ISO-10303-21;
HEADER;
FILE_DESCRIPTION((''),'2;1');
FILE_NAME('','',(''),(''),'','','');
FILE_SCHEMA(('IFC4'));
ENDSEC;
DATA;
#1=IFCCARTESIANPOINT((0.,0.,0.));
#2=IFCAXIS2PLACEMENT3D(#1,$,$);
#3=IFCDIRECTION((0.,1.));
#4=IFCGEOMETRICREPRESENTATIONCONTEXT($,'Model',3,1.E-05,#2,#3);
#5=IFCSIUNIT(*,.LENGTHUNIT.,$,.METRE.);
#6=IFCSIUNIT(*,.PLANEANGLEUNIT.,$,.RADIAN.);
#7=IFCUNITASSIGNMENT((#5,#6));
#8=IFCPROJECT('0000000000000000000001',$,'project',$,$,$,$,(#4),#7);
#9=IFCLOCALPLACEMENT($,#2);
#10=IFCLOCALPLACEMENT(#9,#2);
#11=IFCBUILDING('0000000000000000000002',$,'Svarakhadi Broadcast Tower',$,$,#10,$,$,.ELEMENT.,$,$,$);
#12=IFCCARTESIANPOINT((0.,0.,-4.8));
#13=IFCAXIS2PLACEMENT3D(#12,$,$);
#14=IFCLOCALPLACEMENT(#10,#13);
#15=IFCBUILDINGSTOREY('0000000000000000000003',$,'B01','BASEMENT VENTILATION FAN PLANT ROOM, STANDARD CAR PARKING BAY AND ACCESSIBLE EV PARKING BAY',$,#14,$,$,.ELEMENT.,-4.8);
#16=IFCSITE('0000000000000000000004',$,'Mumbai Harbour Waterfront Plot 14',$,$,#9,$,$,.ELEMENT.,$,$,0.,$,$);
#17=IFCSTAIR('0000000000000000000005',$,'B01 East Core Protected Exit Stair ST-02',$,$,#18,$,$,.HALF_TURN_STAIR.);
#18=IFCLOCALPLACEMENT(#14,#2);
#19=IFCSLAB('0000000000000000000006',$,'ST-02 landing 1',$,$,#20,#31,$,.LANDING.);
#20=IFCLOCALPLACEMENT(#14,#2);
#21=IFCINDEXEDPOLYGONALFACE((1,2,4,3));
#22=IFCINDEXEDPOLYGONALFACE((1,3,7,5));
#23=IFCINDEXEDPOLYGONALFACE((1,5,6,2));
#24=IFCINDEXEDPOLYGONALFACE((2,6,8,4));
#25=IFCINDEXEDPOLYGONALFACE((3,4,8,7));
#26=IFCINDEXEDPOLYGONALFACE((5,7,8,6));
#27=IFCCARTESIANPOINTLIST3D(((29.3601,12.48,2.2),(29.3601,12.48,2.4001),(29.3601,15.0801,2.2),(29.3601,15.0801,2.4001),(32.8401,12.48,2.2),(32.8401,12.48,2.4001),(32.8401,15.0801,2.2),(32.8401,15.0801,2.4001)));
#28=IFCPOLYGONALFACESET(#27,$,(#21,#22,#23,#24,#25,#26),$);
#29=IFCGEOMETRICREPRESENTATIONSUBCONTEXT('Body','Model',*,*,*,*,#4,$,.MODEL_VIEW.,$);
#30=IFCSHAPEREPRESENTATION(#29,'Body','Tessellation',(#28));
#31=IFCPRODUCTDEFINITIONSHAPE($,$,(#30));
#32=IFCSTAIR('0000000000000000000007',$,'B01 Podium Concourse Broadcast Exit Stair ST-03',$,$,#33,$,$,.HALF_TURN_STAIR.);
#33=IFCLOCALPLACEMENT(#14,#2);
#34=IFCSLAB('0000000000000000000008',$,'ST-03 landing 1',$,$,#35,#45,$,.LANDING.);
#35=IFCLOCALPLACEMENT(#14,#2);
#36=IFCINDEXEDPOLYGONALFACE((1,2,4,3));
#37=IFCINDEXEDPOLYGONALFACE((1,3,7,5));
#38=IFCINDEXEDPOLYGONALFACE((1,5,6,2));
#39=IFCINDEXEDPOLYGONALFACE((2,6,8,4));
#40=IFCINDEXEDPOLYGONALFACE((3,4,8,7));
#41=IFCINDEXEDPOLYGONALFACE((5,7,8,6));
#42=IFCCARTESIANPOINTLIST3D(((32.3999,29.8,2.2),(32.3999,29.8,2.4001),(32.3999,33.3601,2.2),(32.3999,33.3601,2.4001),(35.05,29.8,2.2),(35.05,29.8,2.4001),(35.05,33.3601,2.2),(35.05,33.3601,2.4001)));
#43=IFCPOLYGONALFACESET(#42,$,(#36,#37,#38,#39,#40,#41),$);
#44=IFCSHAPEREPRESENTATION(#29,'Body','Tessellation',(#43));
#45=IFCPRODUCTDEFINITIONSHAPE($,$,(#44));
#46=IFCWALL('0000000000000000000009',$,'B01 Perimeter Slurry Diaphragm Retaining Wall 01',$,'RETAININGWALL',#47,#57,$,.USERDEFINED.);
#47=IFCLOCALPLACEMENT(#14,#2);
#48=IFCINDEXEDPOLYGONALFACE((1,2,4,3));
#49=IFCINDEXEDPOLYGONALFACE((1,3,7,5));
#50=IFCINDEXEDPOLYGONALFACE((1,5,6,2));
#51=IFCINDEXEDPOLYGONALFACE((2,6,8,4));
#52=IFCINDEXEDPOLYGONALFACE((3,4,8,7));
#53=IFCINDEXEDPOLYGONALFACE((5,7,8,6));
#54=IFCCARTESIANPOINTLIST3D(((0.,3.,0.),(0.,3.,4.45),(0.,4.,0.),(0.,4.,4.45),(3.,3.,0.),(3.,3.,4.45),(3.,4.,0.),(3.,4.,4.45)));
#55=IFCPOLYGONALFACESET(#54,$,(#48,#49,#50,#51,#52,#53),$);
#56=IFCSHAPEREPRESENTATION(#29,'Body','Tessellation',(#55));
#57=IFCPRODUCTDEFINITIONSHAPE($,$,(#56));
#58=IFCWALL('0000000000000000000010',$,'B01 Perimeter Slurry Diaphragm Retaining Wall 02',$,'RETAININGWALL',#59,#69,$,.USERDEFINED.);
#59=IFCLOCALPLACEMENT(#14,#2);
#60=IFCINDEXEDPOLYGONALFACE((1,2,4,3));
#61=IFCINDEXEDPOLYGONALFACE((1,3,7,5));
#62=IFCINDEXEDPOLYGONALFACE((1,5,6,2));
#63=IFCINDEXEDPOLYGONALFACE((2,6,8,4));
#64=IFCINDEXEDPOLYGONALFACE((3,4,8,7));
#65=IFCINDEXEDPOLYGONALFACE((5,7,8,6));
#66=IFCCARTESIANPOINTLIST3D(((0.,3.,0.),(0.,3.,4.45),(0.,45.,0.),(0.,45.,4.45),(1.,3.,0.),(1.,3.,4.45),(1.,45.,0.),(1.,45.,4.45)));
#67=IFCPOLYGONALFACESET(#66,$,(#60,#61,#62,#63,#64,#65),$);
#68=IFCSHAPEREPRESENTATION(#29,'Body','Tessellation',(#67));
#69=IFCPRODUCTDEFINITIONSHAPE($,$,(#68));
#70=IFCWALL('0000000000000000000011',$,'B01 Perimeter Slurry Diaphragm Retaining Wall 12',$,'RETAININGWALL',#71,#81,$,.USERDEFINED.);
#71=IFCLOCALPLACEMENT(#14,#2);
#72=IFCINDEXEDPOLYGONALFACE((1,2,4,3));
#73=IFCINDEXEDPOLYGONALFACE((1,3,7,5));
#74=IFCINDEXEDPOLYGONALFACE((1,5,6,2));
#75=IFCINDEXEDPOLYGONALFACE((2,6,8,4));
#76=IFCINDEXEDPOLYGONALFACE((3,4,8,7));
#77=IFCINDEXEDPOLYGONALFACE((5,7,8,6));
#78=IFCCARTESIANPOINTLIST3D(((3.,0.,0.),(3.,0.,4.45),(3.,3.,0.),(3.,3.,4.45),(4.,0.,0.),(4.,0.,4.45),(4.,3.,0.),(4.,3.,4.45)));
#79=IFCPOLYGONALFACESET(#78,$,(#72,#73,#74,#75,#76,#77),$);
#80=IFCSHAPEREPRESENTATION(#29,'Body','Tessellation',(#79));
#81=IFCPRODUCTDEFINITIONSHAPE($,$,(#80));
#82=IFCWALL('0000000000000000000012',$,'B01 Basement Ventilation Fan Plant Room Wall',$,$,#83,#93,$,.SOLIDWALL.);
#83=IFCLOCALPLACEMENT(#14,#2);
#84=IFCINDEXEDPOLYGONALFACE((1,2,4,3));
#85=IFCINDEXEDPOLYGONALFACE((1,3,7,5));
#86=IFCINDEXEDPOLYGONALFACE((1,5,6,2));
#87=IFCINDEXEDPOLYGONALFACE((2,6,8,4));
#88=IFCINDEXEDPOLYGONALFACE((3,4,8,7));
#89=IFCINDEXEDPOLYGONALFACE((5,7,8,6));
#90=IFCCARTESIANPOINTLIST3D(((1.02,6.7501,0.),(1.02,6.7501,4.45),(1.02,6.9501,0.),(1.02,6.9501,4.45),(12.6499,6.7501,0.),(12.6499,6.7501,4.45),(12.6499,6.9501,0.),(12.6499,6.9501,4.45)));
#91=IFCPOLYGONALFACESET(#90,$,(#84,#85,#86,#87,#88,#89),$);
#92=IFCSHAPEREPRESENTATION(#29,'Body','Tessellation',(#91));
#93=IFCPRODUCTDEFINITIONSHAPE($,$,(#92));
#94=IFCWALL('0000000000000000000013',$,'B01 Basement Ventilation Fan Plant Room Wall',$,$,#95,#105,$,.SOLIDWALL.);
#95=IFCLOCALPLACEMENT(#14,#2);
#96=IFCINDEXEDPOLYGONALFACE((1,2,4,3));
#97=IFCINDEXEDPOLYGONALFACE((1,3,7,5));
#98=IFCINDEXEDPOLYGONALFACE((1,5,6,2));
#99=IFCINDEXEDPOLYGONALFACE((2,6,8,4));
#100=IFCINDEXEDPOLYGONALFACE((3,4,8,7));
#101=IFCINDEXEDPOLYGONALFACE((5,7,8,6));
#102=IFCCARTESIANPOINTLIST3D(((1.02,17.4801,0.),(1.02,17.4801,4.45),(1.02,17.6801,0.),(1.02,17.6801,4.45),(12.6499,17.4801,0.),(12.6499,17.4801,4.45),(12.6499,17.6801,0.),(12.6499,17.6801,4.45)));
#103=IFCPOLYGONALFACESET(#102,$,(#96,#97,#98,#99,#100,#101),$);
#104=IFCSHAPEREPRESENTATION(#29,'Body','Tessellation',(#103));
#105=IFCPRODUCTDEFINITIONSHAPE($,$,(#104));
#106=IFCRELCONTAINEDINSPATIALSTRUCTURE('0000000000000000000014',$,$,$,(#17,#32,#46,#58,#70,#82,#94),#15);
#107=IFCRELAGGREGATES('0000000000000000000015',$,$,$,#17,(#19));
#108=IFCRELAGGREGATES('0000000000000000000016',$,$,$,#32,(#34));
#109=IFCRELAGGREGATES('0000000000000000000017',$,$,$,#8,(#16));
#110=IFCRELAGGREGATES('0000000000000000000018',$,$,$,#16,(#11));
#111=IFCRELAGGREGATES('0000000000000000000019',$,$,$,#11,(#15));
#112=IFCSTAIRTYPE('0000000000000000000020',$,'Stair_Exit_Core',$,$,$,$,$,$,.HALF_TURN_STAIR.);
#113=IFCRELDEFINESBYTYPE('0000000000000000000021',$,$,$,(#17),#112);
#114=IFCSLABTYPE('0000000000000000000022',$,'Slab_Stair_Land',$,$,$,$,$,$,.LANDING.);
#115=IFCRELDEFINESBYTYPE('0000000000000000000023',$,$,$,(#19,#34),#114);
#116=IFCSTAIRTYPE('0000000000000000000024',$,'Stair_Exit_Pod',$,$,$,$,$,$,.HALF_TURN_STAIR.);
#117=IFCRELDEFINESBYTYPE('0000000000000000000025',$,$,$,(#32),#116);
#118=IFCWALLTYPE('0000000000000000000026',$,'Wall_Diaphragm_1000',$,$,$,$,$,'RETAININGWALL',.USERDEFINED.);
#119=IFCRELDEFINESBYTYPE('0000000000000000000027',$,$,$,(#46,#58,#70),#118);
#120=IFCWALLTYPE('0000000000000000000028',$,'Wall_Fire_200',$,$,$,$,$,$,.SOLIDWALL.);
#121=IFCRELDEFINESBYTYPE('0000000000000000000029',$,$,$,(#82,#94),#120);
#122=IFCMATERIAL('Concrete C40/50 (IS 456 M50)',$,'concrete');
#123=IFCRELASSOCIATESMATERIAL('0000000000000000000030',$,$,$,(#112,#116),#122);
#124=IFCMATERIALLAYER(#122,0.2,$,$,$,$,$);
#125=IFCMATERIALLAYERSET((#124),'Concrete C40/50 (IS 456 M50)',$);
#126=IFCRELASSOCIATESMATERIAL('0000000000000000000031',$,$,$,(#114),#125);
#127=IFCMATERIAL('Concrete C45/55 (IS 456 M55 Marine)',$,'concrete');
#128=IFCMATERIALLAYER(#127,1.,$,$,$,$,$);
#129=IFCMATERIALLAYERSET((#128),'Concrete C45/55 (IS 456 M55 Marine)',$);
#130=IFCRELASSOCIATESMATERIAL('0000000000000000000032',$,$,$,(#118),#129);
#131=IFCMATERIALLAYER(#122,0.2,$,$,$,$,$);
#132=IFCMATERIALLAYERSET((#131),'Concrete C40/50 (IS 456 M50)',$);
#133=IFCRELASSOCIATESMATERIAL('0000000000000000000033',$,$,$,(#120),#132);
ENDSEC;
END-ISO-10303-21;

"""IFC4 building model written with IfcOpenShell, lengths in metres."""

from ifc_helpers import new_model, si_unit, direction, frame, frame_2d, origin, place, context, subcontext, project, spatial, polyline, rectangle, outline, extrude, material, layer, layer_set, type_object, element, aggregate, save


model = new_model("IFC4")

# Units and contexts
model_context = context("Model", 3, precision=1e-05, world=origin(), true_north=direction((0.0, 1.0)))
body_context = subcontext(model_context, "Body", "Model", "MODEL_VIEW")
ifc_project = project(units=[si_unit("LENGTHUNIT", "METRE"), si_unit("PLANEANGLEUNIT", "RADIAN")], contexts=[model_context])

# Site, building, storey
site_placement = place(None, origin())
site = spatial("IfcSite", under=ifc_project, at=site_placement, Name="Mumbai Harbour Waterfront Plot 14", CompositionType="ELEMENT", RefElevation=0.0)
building_placement = place(site_placement, origin())
building = spatial("IfcBuilding", under=site, at=building_placement, Name="Svarakhadi Broadcast Tower", CompositionType="ELEMENT")
storey_placement = place(building_placement, frame((0.0, 0.0, -4.8)))
storey = spatial("IfcBuildingStorey", under=building, at=storey_placement, Name="B01", Description="BASEMENT VENTILATION FAN PLANT ROOM, STANDARD CAR PARKING BAY AND ACCESSIBLE EV PARKING BAY", CompositionType="ELEMENT", Elevation=-4.8)

# Shared definitions
ifc_material_1 = material(Name="Concrete C45/55 (IS 456 M55 Marine)", Category="concrete")

# Stairs, slabs
ifc_material_2 = material(Name="Concrete C40/50 (IS 456 M50)", Category="concrete")
stair_type_1 = type_object("IfcStairType", Name="Stair_Exit_Core", PredefinedType="HALF_TURN_STAIR", material=ifc_material_2)
ifc_layer_1 = layer(ifc_material_2, 0.2)
ifc_layer_set_1 = layer_set([ifc_layer_1], Name="Concrete C40/50 (IS 456 M50)")
slab_type_1 = type_object("IfcSlabType", Name="Slab_Stair_Land", PredefinedType="LANDING", material=ifc_layer_set_1)
stair_1_placement = place(storey_placement, origin())
stair_1 = element("IfcStair", 1, at=stair_1_placement, inside=storey, type_object=stair_type_1, Name="B01 East Core Protected Exit Stair ST-02", PredefinedType="HALF_TURN_STAIR")
slab_1_placement = place(storey_placement, frame((0.0, 0.0, 2.2)))
slab_1 = element("IfcSlab", 2, at=slab_1_placement, type_object=slab_type_1, Name="ST-02 landing 1", PredefinedType="LANDING", context=body_context, shape_type="SweptSolid", body=[
    extrude(outline(polyline([(32.8401, 12.48), (32.8401, 15.0801), (29.3601, 15.0801), (29.3601, 12.48), (32.8401, 12.48)])), origin(), (0.0, 0.0, 1.0), 0.2002),
])
aggregate(stair_1, [slab_1])
stair_type_2 = type_object("IfcStairType", Name="Stair_Exit_Pod", PredefinedType="HALF_TURN_STAIR", material=ifc_material_2)
stair_2_placement = place(storey_placement, origin())
stair_2 = element("IfcStair", 3, at=stair_2_placement, inside=storey, type_object=stair_type_2, Name="B01 Podium Concourse Broadcast Exit Stair ST-03", PredefinedType="HALF_TURN_STAIR")
slab_2_placement = place(storey_placement, frame((0.0, 0.0, 2.2)))
slab_2 = element("IfcSlab", 4, at=slab_2_placement, type_object=slab_type_1, Name="ST-03 landing 1", PredefinedType="LANDING", context=body_context, shape_type="SweptSolid", body=[
    extrude(outline(polyline([(32.3999, 29.8), (35.05, 29.8), (35.05, 33.3601), (32.3999, 33.3601), (32.3999, 29.8)])), origin(), (0.0, 0.0, 1.0), 0.2002),
])
aggregate(stair_2, [slab_2])

# Walls
ifc_layer_2 = layer(ifc_material_1, 1.0)
ifc_layer_set_2 = layer_set([ifc_layer_2], Name="Concrete C45/55 (IS 456 M55 Marine)")
wall_type_1 = type_object("IfcWallType", Name="Wall_Diaphragm_1000", ElementType="RETAININGWALL", PredefinedType="USERDEFINED", material=ifc_layer_set_2)
wall_1_placement = place(storey_placement, frame((3.0, 3.5, 0.0), z_axis=(0.0, 0.0, 1.0), x_axis=(-1.0, 0.0, 0.0)))
element("IfcWall", 5, at=wall_1_placement, inside=storey, type_object=wall_type_1, Name="B01 Perimeter Slurry Diaphragm Retaining Wall 01", ObjectType="RETAININGWALL", PredefinedType="USERDEFINED", context=body_context, shape_type="SweptSolid", body=[
    extrude(rectangle(XDim=3.0, YDim=1.0, at=frame_2d((1.5, 0.0))), origin(), (0.0, 0.0, 1.0), 4.45),
])
wall_2_placement = place(storey_placement, frame((0.5, 3.0, 0.0), z_axis=(0.0, 0.0, 1.0), x_axis=(0.0, 1.0, 0.0)))
element("IfcWall", 6, at=wall_2_placement, inside=storey, type_object=wall_type_1, Name="B01 Perimeter Slurry Diaphragm Retaining Wall 02", ObjectType="RETAININGWALL", PredefinedType="USERDEFINED", context=body_context, shape_type="SweptSolid", body=[
    extrude(rectangle(XDim=42.0, YDim=1.0, at=frame_2d((21.0, 0.0))), origin(), (0.0, 0.0, 1.0), 4.45),
])
wall_3_placement = place(storey_placement, frame((3.5, 0.0, 0.0), z_axis=(0.0, 0.0, 1.0), x_axis=(0.0, 1.0, 0.0)))
element("IfcWall", 7, at=wall_3_placement, inside=storey, type_object=wall_type_1, Name="B01 Perimeter Slurry Diaphragm Retaining Wall 12", ObjectType="RETAININGWALL", PredefinedType="USERDEFINED", context=body_context, shape_type="SweptSolid", body=[
    extrude(rectangle(XDim=3.0, YDim=1.0, at=frame_2d((1.5, 0.0))), origin(), (0.0, 0.0, 1.0), 4.45),
])
ifc_layer_3 = layer(ifc_material_2, 0.2)
ifc_layer_set_3 = layer_set([ifc_layer_3], Name="Concrete C40/50 (IS 456 M50)")
wall_type_2 = type_object("IfcWallType", Name="Wall_Fire_200", PredefinedType="SOLIDWALL", material=ifc_layer_set_3)
for number, where, z_axis, x_axis, name in (
    (8, (1.02, 6.8501, 0.0), (0.0, 0.0, 1.0), (1.0, 0.0, 0.0), "B01 Basement Ventilation Fan Plant Room Wall"),
    (9, (1.02, 17.5801, 0.0), (0.0, 0.0, 1.0), (1.0, 0.0, 0.0), "B01 Basement Ventilation Fan Plant Room Wall"),
):
    element("IfcWall", number, at=place(storey_placement, frame(where, z_axis=z_axis, x_axis=x_axis)), inside=storey, type_object=wall_type_2, Name=name, PredefinedType="SOLIDWALL", context=body_context, shape_type="SweptSolid", body=[
        extrude(rectangle(XDim=11.6299, YDim=0.2, at=frame_2d((5.8149, 0.0))), origin(), (0.0, 0.0, 1.0), 4.45),
    ])

save(model, "model.ifc")
